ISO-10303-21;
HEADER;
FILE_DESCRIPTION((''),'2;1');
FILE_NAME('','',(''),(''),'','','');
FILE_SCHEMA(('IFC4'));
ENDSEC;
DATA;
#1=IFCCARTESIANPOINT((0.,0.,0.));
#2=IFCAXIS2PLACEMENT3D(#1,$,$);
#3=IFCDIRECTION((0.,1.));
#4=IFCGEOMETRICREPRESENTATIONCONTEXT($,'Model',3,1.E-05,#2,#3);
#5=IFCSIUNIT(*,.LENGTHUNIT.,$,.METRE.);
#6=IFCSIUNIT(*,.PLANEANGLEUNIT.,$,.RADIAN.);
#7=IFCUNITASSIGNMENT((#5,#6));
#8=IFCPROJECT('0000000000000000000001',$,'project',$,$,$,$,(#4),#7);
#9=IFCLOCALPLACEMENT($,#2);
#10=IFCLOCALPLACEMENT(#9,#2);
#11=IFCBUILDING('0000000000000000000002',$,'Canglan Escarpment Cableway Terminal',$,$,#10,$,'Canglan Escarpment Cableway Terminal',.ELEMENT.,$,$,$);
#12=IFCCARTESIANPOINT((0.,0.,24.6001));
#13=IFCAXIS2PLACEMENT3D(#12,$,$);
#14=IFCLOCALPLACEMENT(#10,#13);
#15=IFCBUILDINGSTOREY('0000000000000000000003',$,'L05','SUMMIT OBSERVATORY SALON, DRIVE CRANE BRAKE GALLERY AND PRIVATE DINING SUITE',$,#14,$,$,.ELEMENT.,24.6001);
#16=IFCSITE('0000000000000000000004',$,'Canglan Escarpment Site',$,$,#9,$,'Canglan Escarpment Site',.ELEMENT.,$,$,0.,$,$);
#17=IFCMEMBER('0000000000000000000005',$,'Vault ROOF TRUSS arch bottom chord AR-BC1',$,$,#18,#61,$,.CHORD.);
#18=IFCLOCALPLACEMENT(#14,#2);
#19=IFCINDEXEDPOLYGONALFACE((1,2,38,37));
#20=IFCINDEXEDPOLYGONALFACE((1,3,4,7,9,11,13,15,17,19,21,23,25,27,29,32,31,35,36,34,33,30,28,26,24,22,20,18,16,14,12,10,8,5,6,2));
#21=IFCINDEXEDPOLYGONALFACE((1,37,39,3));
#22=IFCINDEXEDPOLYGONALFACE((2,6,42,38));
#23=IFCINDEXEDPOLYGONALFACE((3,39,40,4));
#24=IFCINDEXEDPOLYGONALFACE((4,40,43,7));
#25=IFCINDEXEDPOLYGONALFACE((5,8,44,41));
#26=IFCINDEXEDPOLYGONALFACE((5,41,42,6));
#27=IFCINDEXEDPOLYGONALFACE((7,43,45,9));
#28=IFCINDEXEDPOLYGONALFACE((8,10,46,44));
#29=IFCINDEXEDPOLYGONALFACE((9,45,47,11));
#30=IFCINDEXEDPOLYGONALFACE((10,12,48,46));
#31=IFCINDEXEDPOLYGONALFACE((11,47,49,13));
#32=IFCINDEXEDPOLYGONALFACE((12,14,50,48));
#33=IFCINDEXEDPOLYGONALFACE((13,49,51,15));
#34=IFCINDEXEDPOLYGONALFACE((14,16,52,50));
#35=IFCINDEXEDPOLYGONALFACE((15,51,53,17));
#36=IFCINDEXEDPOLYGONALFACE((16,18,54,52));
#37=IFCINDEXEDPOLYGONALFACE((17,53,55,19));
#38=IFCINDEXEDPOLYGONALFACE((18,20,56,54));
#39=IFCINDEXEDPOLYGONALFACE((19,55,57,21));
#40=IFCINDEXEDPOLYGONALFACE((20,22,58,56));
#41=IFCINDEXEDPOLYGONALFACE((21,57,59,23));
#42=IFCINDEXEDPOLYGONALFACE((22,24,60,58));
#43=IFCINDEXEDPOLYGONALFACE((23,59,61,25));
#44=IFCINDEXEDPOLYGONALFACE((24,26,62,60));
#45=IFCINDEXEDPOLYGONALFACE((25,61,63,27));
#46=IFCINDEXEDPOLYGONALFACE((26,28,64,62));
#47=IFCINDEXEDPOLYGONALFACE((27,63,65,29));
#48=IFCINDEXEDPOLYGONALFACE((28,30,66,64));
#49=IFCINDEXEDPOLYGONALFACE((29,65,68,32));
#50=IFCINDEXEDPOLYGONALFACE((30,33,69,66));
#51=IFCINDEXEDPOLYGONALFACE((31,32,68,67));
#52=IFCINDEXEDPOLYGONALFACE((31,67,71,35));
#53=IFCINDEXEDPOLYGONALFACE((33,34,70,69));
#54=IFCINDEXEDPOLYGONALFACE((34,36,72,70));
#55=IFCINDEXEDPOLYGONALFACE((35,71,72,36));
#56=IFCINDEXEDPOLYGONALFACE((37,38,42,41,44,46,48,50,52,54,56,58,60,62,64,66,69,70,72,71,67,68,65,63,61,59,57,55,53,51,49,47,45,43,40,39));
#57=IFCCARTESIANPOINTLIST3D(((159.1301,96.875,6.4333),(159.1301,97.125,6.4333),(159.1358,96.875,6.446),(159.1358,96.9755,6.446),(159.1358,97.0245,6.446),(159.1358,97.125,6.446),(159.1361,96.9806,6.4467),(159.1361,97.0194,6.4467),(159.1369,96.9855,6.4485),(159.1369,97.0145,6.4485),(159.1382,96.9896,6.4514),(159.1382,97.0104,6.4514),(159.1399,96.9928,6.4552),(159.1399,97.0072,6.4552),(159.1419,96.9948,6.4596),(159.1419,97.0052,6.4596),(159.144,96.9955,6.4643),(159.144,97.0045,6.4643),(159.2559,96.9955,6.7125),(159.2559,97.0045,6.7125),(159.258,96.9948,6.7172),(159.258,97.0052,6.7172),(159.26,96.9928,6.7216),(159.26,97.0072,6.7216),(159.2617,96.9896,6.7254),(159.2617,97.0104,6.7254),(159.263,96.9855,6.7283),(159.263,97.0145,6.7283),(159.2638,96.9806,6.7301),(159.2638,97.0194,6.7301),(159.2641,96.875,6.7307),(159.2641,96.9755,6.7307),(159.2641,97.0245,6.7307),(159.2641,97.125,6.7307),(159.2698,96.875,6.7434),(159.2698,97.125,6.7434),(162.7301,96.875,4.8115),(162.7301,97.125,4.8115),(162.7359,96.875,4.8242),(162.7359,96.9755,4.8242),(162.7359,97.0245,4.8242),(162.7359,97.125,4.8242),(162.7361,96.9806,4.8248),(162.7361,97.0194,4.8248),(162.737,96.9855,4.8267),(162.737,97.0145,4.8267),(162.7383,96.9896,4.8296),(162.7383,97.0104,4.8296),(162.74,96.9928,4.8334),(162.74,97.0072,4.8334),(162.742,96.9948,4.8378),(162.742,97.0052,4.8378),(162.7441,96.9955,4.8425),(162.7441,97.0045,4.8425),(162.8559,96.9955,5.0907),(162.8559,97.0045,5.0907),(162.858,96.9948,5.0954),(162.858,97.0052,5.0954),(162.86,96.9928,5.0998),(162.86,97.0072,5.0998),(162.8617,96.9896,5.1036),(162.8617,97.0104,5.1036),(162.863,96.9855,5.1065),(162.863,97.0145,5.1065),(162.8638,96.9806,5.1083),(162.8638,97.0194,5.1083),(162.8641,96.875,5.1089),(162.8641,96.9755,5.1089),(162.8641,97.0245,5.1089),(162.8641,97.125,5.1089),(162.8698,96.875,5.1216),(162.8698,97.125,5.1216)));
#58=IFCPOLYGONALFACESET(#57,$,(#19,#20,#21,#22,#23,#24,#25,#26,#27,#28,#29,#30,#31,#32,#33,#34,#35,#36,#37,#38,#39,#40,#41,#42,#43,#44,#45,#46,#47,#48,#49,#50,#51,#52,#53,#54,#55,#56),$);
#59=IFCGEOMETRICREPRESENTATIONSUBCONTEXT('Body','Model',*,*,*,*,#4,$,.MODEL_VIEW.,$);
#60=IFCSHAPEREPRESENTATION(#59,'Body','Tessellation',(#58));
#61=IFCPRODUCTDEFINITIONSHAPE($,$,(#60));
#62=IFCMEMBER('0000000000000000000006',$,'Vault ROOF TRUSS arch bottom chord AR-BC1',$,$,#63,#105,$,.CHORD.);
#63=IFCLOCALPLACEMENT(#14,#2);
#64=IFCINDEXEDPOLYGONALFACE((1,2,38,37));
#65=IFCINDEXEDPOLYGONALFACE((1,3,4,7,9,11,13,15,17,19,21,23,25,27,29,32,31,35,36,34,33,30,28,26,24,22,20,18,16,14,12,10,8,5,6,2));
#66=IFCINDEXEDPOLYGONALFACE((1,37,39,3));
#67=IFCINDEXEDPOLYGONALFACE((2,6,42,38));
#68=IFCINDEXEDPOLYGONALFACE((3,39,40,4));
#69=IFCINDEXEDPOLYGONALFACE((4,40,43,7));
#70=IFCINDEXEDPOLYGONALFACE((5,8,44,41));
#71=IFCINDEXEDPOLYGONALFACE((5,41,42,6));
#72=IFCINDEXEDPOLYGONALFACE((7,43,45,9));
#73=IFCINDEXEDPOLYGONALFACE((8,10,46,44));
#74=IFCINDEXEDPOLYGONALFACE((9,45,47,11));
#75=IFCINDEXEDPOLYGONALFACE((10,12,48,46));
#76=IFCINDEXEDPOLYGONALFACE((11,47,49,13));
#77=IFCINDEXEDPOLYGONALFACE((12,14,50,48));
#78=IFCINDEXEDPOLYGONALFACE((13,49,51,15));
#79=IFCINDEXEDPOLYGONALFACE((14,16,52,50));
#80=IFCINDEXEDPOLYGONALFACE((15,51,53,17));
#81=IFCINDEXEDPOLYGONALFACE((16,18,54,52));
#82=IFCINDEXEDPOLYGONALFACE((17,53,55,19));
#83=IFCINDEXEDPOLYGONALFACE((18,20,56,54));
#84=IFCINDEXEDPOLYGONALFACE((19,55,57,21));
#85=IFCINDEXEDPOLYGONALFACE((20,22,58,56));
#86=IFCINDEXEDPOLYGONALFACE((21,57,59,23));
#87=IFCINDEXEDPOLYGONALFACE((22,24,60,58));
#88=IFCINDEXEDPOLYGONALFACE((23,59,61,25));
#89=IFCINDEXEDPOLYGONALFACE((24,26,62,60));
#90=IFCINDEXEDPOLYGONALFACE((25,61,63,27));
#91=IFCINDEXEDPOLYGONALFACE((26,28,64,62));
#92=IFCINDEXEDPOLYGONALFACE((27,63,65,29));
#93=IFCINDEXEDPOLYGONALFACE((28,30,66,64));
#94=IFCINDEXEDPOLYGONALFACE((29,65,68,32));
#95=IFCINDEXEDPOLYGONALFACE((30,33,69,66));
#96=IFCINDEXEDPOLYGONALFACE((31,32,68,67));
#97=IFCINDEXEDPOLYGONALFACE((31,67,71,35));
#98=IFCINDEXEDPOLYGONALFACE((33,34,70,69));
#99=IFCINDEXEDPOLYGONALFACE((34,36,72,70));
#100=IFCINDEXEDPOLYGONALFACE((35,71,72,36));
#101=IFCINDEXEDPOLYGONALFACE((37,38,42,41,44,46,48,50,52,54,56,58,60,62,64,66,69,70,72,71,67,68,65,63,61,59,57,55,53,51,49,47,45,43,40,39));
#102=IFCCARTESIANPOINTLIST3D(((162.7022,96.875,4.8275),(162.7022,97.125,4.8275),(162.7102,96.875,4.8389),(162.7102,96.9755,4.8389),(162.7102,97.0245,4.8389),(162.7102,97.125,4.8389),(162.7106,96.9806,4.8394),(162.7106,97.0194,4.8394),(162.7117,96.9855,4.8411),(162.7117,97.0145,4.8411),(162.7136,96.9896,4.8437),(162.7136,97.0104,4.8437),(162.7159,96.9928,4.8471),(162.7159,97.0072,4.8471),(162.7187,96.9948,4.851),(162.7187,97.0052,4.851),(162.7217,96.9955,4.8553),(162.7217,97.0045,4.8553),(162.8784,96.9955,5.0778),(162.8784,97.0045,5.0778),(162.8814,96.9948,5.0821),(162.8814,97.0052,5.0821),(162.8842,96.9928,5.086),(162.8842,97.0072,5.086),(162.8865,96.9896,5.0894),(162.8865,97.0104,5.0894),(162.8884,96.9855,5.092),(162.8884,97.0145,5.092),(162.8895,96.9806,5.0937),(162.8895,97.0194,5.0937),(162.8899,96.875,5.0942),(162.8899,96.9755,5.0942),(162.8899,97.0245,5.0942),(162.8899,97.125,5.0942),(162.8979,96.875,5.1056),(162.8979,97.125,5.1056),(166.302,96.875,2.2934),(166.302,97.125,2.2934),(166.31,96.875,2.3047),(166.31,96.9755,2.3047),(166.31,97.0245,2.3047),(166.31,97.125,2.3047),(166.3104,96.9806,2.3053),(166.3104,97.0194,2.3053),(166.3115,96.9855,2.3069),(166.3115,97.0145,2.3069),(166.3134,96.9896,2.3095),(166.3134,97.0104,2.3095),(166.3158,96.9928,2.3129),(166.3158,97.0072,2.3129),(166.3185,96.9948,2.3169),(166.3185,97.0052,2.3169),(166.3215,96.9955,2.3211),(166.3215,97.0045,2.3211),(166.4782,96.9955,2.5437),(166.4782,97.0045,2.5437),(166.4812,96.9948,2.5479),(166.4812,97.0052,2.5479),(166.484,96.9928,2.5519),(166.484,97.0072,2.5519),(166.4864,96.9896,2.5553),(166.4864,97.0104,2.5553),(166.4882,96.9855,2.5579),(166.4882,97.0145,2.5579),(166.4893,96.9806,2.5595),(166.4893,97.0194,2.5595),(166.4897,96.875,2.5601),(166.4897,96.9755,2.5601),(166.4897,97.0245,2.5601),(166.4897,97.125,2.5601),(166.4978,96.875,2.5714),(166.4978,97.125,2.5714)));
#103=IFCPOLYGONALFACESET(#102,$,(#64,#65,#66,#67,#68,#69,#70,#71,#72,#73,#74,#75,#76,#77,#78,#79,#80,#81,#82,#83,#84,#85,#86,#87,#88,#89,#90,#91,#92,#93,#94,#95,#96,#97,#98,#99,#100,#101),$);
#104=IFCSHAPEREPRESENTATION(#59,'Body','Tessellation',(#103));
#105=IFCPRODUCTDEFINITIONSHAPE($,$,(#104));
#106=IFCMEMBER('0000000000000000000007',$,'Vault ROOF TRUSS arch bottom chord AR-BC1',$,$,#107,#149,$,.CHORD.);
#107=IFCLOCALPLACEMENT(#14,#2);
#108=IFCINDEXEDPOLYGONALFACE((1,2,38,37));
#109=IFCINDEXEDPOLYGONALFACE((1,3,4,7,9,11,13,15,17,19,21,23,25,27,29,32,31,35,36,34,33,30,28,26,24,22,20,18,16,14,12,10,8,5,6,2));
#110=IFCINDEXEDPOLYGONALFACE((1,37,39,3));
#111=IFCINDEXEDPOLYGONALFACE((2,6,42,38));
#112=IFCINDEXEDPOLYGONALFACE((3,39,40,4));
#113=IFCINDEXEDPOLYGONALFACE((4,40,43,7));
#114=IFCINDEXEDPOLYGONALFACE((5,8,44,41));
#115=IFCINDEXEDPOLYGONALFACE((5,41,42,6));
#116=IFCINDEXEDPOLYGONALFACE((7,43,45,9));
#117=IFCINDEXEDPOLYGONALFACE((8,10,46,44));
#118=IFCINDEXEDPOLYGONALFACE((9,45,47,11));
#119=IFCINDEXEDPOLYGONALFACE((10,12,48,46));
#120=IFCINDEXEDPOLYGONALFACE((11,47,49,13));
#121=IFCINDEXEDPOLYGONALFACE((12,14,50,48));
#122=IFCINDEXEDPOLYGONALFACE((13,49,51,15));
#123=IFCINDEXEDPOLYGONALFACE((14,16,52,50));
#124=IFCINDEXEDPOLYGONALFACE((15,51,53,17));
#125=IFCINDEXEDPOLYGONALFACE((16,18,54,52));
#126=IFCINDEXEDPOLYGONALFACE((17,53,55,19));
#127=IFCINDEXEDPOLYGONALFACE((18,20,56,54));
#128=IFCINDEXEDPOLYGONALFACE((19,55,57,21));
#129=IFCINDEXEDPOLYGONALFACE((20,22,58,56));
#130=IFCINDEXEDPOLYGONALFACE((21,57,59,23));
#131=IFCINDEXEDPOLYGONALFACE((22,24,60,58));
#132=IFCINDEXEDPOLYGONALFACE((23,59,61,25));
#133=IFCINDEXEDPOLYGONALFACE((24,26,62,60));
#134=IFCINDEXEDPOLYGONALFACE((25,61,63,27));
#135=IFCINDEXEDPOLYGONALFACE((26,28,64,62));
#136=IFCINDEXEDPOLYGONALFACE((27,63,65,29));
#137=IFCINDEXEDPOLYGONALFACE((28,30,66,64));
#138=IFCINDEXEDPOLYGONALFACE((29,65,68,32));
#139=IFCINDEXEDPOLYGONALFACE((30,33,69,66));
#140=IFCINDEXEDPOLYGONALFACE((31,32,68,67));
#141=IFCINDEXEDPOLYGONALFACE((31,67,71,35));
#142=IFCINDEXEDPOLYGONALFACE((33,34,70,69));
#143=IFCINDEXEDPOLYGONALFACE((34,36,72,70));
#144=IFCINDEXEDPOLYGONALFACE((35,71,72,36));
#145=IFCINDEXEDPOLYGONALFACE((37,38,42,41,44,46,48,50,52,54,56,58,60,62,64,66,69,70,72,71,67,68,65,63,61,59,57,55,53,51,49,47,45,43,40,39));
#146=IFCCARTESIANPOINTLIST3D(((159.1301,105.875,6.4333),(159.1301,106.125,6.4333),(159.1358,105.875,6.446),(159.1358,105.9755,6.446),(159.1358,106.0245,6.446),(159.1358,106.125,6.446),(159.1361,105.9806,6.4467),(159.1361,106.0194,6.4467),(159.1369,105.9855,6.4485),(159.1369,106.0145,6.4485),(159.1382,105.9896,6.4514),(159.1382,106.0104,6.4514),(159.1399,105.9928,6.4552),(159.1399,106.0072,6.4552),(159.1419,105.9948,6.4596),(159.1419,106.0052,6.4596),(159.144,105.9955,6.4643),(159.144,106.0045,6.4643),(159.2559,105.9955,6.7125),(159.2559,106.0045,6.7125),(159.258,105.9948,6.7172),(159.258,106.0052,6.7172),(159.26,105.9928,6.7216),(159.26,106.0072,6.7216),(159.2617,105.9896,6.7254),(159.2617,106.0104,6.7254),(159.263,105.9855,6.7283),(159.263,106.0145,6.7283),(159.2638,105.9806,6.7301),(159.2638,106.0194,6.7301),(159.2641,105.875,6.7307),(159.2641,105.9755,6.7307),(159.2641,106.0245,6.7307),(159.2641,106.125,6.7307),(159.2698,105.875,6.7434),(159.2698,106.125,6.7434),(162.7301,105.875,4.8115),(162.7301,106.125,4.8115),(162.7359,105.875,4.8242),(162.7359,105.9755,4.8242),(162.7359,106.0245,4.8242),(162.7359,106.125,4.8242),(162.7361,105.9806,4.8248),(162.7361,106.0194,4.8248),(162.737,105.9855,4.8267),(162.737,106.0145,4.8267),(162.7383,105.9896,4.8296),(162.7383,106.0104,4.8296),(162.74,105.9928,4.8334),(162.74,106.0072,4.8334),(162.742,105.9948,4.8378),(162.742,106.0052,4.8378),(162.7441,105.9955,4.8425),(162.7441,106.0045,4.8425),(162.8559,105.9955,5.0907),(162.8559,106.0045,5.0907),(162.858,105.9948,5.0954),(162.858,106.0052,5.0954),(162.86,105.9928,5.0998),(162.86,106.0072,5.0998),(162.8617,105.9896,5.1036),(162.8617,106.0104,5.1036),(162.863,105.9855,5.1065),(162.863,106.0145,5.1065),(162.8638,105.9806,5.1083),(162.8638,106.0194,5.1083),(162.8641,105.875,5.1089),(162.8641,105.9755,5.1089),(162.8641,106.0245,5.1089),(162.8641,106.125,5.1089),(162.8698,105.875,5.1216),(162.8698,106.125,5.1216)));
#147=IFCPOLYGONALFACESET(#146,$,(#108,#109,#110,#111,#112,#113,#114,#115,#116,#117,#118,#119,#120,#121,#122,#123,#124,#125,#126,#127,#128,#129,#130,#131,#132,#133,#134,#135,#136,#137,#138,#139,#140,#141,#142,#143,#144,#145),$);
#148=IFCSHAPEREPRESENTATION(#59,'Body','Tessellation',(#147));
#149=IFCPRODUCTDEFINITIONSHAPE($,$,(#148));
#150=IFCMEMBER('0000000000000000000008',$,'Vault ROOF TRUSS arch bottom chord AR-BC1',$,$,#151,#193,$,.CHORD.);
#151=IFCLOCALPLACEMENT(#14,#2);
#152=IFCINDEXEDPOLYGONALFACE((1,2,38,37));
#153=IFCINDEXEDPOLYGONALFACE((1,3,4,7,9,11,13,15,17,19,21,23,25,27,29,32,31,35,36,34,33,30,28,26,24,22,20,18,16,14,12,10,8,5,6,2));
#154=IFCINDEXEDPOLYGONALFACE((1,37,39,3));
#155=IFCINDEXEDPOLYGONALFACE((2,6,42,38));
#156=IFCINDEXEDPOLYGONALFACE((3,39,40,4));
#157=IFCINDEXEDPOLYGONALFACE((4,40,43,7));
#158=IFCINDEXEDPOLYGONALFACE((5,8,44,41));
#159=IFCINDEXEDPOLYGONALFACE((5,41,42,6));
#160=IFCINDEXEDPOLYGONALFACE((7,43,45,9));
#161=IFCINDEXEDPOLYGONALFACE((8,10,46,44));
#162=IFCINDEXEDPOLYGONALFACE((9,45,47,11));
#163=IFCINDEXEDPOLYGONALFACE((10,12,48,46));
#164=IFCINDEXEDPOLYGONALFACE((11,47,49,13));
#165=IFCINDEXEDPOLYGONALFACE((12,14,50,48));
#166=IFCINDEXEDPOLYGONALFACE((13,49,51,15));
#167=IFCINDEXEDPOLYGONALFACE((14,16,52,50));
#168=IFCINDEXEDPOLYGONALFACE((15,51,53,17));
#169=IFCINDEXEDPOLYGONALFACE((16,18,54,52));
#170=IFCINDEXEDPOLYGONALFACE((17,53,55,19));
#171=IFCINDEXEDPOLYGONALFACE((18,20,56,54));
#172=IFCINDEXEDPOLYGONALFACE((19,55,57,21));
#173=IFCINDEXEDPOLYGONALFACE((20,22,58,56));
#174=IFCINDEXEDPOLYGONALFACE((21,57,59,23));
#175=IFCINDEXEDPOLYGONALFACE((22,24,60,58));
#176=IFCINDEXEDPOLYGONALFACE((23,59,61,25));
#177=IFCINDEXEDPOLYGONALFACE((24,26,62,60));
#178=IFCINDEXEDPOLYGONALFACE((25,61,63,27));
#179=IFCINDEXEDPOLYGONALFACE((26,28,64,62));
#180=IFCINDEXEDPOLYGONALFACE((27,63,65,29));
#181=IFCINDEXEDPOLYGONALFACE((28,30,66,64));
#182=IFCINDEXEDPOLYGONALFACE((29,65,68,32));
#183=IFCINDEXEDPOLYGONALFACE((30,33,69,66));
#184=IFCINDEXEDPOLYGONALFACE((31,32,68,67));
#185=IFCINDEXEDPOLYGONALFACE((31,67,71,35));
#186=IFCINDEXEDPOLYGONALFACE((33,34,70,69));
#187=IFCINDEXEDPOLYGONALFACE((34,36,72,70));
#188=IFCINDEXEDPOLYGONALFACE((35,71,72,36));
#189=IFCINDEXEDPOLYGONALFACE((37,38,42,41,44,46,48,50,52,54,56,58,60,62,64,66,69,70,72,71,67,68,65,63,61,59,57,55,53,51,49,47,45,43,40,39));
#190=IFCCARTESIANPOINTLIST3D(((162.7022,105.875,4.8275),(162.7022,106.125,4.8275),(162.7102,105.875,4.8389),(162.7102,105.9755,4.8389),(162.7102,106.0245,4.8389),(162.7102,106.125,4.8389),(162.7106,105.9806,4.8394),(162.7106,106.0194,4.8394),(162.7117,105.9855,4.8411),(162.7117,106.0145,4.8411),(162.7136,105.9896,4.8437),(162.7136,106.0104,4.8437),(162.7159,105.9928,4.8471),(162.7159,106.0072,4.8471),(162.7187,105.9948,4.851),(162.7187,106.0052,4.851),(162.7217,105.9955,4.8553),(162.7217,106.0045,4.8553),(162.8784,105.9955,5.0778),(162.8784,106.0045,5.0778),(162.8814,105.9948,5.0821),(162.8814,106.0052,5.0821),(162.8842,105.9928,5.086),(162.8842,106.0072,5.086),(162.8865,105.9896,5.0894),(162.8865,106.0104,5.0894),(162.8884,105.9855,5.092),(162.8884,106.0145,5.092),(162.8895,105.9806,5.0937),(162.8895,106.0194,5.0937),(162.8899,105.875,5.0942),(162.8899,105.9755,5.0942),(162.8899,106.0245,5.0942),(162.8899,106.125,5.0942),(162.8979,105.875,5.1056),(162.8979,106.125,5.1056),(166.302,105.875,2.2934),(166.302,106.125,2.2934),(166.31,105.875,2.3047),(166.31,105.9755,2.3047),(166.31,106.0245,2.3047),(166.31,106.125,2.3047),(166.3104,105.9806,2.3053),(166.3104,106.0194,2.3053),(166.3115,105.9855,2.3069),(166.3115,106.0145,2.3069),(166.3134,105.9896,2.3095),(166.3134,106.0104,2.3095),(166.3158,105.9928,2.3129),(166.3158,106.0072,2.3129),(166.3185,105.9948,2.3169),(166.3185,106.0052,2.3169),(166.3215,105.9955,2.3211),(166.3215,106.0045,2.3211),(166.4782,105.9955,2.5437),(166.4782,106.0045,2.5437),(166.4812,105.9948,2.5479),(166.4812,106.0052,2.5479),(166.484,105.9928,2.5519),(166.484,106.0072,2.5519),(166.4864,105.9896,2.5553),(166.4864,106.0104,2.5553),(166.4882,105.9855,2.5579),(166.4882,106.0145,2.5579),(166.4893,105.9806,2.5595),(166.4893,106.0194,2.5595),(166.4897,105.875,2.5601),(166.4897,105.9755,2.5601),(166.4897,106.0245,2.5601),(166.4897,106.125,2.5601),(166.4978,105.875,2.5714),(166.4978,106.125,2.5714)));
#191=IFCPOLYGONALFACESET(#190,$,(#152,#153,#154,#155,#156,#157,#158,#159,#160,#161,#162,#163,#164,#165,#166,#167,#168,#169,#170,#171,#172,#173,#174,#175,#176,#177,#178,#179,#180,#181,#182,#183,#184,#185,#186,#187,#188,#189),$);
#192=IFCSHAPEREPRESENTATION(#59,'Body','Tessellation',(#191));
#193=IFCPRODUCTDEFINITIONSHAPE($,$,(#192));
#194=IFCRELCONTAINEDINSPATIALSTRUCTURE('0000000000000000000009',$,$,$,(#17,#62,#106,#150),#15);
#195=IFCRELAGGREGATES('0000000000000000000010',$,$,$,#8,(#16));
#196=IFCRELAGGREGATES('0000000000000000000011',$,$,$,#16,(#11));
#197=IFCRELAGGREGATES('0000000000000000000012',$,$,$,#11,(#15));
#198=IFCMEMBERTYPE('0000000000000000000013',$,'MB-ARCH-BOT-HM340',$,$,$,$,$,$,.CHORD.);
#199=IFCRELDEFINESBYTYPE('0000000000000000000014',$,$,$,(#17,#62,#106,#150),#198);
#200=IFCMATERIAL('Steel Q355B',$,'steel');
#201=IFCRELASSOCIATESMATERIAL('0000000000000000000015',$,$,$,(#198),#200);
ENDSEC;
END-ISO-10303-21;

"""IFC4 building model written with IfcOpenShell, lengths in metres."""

from ifc_helpers import new_model, si_unit, direction, frame, origin, origin_2d, place, context, subcontext, project, spatial, i_section, extrude, material, material_profile, profile_set, type_object, element, save


model = new_model("IFC4")

# Units and contexts
model_context = context("Model", 3, precision=1e-05, world=origin(), true_north=direction((0.0, 1.0)))
body_context = subcontext(model_context, "Body", "Model", "MODEL_VIEW")
ifc_project = project(units=[si_unit("LENGTHUNIT", "METRE"), si_unit("PLANEANGLEUNIT", "RADIAN")], contexts=[model_context])

# Site, building, storey
site_placement = place(None, origin())
site = spatial("IfcSite", under=ifc_project, at=site_placement, Name="Canglan Escarpment Site", LongName="Canglan Escarpment Site", CompositionType="ELEMENT", RefElevation=0.0)
building_placement = place(site_placement, origin())
building = spatial("IfcBuilding", under=site, at=building_placement, Name="Canglan Escarpment Cableway Terminal", LongName="Canglan Escarpment Cableway Terminal", CompositionType="ELEMENT")
storey_placement = place(building_placement, frame((0.0, 0.0, 24.6001)))
storey = spatial("IfcBuildingStorey", under=building, at=storey_placement, Name="L05", Description="SUMMIT OBSERVATORY SALON, DRIVE CRANE BRAKE GALLERY AND PRIVATE DINING SUITE", CompositionType="ELEMENT", Elevation=24.6001)

# Shared definitions
ifc_material = material(Name="Steel Q355B", Category="steel")

# Members
ifc_material_profile_1 = material_profile(ifc_material, i_section(OverallWidth=0.25, OverallDepth=0.3401, WebThickness=0.009, FlangeThickness=0.0139, FilletRadius=0.02, at=origin_2d()), Name="HM 340x250x9x14")
ifc_profile_set_1 = profile_set([ifc_material_profile_1], Name="Steel Q355B")
member_type_1 = type_object("IfcMemberType", Name="MB-ARCH-BOT-HM340", PredefinedType="CHORD", material=ifc_profile_set_1)
member_1_placement = place(storey_placement, frame((159.2, 97.0, 6.5884), z_axis=(0.911753, 0.0, -0.41074), x_axis=(0.0, 1.0, 0.0)))
element("IfcMember", 1, at=member_1_placement, inside=storey, type_object=member_type_1, Name="Vault ROOF TRUSS arch bottom chord AR-BC1", PredefinedType="CHORD", context=body_context, shape_type="SweptSolid", body=[
    extrude(i_section(OverallWidth=0.25, OverallDepth=0.3401, WebThickness=0.009, FlangeThickness=0.0139, FilletRadius=0.02, at=origin_2d()), origin(), (0.0, 0.0, 1.0), 3.9485),
])
member_2_placement = place(storey_placement, frame((162.8, 97.0, 4.9666), z_axis=(0.817705, 0.0, -0.575638), x_axis=(0.0, 1.0, 0.0)))
element("IfcMember", 2, at=member_2_placement, inside=storey, type_object=member_type_1, Name="Vault ROOF TRUSS arch bottom chord AR-BC1", PredefinedType="CHORD", context=body_context, shape_type="SweptSolid", body=[
    extrude(i_section(OverallWidth=0.25, OverallDepth=0.3401, WebThickness=0.009, FlangeThickness=0.0139, FilletRadius=0.02, at=origin_2d()), origin(), (0.0, 0.0, 1.0), 4.4023),
])
member_3_placement = place(storey_placement, frame((159.2, 106.0, 6.5884), z_axis=(0.911753, 0.0, -0.41074), x_axis=(0.0, 1.0, 0.0)))
element("IfcMember", 3, at=member_3_placement, inside=storey, type_object=member_type_1, Name="Vault ROOF TRUSS arch bottom chord AR-BC1", PredefinedType="CHORD", context=body_context, shape_type="SweptSolid", body=[
    extrude(i_section(OverallWidth=0.25, OverallDepth=0.3401, WebThickness=0.009, FlangeThickness=0.0139, FilletRadius=0.02, at=origin_2d()), origin(), (0.0, 0.0, 1.0), 3.9485),
])
member_4_placement = place(storey_placement, frame((162.8, 106.0, 4.9666), z_axis=(0.817705, 0.0, -0.575638), x_axis=(0.0, 1.0, 0.0)))
element("IfcMember", 4, at=member_4_placement, inside=storey, type_object=member_type_1, Name="Vault ROOF TRUSS arch bottom chord AR-BC1", PredefinedType="CHORD", context=body_context, shape_type="SweptSolid", body=[
    extrude(i_section(OverallWidth=0.25, OverallDepth=0.3401, WebThickness=0.009, FlangeThickness=0.0139, FilletRadius=0.02, at=origin_2d()), origin(), (0.0, 0.0, 1.0), 4.4023),
])

save(model, "model.ifc")
